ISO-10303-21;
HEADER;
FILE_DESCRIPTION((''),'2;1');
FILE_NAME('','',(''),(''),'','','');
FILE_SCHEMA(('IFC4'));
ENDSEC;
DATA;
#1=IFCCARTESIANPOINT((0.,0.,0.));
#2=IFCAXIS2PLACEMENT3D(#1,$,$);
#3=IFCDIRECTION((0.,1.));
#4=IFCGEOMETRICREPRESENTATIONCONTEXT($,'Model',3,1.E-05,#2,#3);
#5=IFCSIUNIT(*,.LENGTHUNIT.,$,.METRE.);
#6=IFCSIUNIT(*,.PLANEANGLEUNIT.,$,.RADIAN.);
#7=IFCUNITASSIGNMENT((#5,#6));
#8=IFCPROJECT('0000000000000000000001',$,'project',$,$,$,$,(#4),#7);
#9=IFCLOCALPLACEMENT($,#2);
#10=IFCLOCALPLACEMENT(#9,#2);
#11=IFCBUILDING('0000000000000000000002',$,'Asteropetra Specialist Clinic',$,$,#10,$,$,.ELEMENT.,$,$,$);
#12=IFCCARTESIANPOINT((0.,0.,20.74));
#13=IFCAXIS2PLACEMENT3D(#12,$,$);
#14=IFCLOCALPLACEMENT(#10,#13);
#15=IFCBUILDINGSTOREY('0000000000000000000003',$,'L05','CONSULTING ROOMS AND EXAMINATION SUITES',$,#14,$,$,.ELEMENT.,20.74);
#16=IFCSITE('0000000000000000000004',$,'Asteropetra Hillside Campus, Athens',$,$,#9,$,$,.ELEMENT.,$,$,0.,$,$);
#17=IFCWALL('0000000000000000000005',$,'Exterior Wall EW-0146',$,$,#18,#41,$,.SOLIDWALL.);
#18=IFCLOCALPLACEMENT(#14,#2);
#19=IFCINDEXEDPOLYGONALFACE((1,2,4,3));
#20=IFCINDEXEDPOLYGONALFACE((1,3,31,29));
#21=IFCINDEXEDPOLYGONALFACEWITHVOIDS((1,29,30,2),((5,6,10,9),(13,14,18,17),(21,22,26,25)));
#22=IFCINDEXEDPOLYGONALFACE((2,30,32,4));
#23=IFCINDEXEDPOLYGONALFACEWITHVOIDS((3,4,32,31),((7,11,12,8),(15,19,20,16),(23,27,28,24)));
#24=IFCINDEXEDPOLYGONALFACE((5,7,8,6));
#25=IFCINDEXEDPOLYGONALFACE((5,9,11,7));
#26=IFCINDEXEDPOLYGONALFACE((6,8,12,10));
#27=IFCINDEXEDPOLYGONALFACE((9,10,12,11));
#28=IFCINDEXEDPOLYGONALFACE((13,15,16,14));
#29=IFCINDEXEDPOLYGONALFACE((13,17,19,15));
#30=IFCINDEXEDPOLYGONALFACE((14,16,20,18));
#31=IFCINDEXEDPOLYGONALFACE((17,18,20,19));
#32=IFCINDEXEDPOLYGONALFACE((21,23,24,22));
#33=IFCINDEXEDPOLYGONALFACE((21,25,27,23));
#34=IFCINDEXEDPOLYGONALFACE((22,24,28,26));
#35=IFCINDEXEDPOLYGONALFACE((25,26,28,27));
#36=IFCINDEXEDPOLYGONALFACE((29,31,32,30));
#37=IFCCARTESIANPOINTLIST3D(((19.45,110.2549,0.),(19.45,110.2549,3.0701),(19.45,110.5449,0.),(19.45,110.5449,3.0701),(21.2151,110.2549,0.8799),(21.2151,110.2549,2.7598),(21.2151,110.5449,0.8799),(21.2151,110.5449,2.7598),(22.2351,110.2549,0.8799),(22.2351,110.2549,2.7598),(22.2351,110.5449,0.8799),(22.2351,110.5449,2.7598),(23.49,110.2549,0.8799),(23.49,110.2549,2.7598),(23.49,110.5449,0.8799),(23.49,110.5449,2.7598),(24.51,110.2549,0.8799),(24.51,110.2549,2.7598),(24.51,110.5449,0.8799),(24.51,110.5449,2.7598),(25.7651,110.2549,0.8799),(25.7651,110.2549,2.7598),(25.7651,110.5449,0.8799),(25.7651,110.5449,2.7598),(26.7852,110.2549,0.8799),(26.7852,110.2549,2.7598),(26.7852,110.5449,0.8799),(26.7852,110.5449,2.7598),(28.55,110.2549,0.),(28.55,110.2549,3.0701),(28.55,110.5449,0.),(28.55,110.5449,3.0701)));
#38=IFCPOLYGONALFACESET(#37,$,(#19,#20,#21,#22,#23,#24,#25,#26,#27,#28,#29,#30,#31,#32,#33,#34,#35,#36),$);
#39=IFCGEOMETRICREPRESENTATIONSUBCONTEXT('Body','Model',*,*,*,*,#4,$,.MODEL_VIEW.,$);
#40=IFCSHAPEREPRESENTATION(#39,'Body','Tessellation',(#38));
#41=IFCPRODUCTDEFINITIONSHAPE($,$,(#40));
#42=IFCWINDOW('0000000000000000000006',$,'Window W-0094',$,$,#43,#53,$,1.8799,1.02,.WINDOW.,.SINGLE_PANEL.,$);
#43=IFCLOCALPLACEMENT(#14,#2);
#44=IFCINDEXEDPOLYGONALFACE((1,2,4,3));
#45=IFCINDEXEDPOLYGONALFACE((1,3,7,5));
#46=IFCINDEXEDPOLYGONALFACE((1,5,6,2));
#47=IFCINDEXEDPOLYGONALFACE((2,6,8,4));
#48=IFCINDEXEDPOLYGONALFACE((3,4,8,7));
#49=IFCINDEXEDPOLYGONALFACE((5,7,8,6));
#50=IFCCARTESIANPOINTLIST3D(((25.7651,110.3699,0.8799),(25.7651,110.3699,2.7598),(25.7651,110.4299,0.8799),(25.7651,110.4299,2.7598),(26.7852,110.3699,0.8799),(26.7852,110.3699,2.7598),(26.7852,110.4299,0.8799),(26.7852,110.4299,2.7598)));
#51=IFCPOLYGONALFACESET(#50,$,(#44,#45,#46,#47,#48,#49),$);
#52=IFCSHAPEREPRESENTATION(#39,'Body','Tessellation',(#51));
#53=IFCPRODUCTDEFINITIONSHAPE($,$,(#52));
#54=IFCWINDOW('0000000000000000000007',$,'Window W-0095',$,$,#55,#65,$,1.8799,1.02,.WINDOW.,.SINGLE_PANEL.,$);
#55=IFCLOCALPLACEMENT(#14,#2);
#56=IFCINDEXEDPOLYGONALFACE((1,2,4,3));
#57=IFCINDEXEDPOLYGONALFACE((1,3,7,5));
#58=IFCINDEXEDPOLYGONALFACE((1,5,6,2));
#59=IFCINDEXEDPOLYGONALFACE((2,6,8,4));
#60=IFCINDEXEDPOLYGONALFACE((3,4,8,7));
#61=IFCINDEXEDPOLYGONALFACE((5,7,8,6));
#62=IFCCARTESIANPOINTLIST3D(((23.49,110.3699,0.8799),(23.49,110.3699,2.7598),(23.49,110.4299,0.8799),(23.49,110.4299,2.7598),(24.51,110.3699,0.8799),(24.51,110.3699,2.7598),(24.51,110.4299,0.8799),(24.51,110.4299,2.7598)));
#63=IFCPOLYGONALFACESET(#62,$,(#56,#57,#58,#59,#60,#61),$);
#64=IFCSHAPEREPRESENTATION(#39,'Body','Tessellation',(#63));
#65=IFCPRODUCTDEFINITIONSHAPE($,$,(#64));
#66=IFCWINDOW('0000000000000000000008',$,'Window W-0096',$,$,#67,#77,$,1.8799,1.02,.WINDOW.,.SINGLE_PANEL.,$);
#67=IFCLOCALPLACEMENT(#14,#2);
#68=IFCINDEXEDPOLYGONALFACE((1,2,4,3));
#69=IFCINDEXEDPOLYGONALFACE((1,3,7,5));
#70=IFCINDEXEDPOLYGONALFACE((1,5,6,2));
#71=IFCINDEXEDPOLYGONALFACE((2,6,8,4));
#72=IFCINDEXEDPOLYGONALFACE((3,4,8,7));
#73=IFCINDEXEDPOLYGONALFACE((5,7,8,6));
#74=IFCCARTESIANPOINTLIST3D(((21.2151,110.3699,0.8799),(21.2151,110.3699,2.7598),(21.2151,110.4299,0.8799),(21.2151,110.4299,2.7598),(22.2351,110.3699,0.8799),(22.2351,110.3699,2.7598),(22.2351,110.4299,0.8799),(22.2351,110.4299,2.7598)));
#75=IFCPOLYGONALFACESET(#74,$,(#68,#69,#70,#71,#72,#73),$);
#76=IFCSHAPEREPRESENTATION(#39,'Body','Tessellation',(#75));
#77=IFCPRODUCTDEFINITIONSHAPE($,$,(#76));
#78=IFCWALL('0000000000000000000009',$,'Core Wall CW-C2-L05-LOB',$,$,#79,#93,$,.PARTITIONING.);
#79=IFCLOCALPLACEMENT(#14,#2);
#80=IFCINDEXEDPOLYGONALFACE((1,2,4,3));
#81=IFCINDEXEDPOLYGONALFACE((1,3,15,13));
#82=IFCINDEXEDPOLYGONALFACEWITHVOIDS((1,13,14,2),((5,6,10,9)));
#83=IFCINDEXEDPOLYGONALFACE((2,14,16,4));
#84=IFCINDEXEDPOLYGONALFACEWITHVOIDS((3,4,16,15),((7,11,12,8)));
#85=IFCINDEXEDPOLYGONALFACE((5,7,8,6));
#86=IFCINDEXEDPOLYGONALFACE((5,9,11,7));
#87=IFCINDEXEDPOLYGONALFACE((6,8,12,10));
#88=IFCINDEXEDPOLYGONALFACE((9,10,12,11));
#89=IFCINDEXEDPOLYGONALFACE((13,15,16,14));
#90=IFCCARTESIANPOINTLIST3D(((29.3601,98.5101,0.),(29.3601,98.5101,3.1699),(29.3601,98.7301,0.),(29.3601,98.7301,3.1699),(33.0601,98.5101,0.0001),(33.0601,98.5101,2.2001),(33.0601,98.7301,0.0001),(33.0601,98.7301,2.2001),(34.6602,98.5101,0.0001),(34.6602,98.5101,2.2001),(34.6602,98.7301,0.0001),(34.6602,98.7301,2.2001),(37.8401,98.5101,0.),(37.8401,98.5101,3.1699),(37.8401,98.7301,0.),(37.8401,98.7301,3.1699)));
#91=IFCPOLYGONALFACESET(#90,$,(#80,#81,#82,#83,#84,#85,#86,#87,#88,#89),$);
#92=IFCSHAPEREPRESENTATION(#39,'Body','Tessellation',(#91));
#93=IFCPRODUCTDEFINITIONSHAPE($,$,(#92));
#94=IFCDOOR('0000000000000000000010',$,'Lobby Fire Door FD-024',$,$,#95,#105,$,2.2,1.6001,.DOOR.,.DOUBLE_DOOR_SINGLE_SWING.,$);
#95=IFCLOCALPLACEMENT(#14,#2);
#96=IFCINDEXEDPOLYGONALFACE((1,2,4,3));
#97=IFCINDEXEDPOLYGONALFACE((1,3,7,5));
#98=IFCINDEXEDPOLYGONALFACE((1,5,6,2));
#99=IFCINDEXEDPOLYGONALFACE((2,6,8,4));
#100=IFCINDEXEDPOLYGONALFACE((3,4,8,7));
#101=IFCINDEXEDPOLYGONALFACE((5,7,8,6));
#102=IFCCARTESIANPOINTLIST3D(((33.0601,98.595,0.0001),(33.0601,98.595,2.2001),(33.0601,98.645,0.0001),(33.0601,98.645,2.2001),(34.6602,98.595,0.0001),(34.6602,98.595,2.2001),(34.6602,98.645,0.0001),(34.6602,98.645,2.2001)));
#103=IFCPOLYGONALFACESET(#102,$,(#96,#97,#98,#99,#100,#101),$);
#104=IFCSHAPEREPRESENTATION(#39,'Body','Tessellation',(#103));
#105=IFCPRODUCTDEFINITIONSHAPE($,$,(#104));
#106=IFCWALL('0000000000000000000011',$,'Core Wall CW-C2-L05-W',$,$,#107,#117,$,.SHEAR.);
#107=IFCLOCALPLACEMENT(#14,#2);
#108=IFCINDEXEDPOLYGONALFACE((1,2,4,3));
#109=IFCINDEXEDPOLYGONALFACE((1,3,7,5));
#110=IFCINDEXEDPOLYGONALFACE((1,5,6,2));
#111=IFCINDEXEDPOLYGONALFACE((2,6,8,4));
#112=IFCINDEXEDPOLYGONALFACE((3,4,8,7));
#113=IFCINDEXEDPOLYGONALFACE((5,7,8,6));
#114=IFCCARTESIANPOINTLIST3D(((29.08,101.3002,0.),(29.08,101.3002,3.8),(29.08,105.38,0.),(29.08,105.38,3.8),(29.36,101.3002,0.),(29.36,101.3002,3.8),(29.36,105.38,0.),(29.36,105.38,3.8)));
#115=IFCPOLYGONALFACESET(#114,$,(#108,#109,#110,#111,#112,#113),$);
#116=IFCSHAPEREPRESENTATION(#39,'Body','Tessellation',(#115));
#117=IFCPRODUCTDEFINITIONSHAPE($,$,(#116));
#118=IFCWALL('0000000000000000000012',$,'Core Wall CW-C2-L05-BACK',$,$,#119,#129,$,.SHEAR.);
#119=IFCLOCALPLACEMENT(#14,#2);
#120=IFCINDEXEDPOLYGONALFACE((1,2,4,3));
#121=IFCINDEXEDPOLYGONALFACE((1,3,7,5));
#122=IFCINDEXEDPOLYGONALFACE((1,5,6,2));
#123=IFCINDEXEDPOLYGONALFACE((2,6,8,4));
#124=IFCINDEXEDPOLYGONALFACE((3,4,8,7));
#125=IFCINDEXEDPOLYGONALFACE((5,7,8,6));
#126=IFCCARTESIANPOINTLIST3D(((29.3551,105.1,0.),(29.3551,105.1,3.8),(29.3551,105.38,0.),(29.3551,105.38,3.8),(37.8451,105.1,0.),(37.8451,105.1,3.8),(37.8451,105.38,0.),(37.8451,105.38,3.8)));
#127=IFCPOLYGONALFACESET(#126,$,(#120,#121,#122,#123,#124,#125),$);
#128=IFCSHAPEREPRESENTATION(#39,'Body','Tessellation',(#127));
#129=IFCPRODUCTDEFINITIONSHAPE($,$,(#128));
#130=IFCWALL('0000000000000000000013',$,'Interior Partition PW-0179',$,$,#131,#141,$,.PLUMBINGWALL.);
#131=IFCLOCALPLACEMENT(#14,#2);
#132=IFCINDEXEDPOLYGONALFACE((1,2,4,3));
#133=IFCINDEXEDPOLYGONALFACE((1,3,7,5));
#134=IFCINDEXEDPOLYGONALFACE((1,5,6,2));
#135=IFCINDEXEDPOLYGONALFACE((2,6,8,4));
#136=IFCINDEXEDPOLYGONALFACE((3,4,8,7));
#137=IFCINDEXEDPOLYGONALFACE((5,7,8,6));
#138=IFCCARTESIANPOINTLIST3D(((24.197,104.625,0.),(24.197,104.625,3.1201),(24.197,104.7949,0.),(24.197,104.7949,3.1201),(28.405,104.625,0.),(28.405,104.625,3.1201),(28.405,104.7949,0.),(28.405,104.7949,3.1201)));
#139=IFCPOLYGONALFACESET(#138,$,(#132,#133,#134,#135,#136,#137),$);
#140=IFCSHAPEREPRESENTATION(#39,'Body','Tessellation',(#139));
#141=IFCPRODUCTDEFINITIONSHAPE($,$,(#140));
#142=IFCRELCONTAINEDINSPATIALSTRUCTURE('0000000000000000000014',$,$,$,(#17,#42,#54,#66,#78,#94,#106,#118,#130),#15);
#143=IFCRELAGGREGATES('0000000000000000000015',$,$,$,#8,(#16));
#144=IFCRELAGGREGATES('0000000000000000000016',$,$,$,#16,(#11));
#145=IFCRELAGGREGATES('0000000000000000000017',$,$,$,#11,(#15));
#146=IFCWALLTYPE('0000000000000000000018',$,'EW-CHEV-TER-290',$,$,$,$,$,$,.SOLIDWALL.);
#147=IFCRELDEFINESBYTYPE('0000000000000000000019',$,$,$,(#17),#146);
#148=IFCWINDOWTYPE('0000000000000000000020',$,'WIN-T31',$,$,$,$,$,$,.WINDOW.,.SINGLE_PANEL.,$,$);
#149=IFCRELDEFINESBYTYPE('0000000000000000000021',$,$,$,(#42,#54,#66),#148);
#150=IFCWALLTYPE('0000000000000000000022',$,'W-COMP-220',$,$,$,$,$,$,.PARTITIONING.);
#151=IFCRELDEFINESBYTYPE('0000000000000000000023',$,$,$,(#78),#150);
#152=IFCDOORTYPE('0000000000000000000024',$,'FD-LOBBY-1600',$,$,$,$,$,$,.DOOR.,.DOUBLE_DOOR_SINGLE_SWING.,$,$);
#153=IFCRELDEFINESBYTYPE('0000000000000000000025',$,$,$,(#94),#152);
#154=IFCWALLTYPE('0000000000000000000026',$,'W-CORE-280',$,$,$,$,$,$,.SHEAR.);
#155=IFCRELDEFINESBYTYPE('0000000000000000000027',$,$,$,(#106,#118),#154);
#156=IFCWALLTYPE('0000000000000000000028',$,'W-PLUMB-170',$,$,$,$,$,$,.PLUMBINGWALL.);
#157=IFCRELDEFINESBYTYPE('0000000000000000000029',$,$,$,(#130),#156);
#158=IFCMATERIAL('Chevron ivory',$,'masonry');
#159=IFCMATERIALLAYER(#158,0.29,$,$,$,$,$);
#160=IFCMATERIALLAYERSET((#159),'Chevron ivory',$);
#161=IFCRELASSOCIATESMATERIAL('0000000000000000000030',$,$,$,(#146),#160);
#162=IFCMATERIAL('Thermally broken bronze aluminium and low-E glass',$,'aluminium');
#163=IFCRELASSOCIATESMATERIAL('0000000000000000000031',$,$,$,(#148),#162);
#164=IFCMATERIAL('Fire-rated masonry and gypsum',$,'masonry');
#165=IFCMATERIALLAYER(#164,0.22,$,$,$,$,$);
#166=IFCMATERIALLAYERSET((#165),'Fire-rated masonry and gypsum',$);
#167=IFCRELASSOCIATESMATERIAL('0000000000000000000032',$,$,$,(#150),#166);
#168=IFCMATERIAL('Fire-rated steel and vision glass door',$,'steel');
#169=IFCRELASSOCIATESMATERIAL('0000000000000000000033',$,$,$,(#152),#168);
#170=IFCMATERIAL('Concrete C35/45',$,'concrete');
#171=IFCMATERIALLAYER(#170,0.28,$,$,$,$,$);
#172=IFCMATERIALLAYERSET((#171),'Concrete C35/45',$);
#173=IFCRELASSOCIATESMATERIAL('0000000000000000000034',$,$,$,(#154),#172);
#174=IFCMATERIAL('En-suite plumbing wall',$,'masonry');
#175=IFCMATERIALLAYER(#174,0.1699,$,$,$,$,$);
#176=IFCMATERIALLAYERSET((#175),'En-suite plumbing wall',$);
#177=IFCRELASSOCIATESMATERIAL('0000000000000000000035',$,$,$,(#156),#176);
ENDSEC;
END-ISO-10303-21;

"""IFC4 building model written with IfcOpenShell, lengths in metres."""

from ifc_helpers import new_model, si_unit, direction, frame, frame_2d, origin, place, context, subcontext, project, spatial, rectangle, extrude, material, layer, layer_set, type_object, element, fill, save


model = new_model("IFC4")

# Units and contexts
model_context = context("Model", 3, precision=1e-05, world=origin(), true_north=direction((0.0, 1.0)))
body_context = subcontext(model_context, "Body", "Model", "MODEL_VIEW")
ifc_project = project(units=[si_unit("LENGTHUNIT", "METRE"), si_unit("PLANEANGLEUNIT", "RADIAN")], contexts=[model_context])

# Site, building, storey
site_placement = place(None, origin())
site = spatial("IfcSite", under=ifc_project, at=site_placement, Name="Asteropetra Hillside Campus, Athens", CompositionType="ELEMENT", RefElevation=0.0)
building_placement = place(site_placement, origin())
building = spatial("IfcBuilding", under=site, at=building_placement, Name="Asteropetra Specialist Clinic", CompositionType="ELEMENT")
storey_placement = place(building_placement, frame((0.0, 0.0, 20.74)))
storey = spatial("IfcBuildingStorey", under=building, at=storey_placement, Name="L05", Description="CONSULTING ROOMS AND EXAMINATION SUITES", CompositionType="ELEMENT", Elevation=20.74)

# Wall, openings, windows
ifc_material_1 = material(Name="Chevron ivory", Category="masonry")
ifc_layer_1 = layer(ifc_material_1, 0.29)
ifc_layer_set_1 = layer_set([ifc_layer_1], Name="Chevron ivory")
wall_type_1 = type_object("IfcWallType", Name="EW-CHEV-TER-290", PredefinedType="SOLIDWALL", material=ifc_layer_set_1)
wall_1_placement = place(storey_placement, frame((28.55, 110.3999, 0.0), z_axis=(0.0, 0.0, 1.0), x_axis=(-1.0, 0.0, 0.0)))
wall_1 = element("IfcWall", 1, at=wall_1_placement, inside=storey, type_object=wall_type_1, Name="Exterior Wall EW-0146", PredefinedType="SOLIDWALL", context=body_context, shape_type="SweptSolid", body=[
    extrude(rectangle(XDim=9.1001, YDim=0.29, at=frame_2d((4.55, 0.0))), origin(), (0.0, 0.0, 1.0), 3.0701),
])
opening_1_placement = place(wall_1_placement, frame((1.7649, 0.0, 0.8799)))
opening_1 = element("IfcOpeningElement", 2, at=opening_1_placement, cuts=wall_1, PredefinedType="OPENING", context=body_context, shape_type="SweptSolid", body=[
    extrude(rectangle(XDim=1.02, YDim=1.8799, at=frame_2d((0.51, 0.9399))), frame((0.0, 0.155, 0.0), z_axis=(0.0, -1.0, 0.0), x_axis=(1.0, 0.0, 0.0)), (0.0, 0.0, 1.0), 0.3101),
])
opening_2_placement = place(wall_1_placement, frame((4.04, 0.0, 0.8799)))
opening_2 = element("IfcOpeningElement", 3, at=opening_2_placement, cuts=wall_1, PredefinedType="OPENING", context=body_context, shape_type="SweptSolid", body=[
    extrude(rectangle(XDim=1.02, YDim=1.8799, at=frame_2d((0.51, 0.9399))), frame((0.0, 0.155, 0.0), z_axis=(0.0, -1.0, 0.0), x_axis=(1.0, 0.0, 0.0)), (0.0, 0.0, 1.0), 0.3101),
])
opening_3_placement = place(wall_1_placement, frame((6.3149, 0.0, 0.8799)))
opening_3 = element("IfcOpeningElement", 4, at=opening_3_placement, cuts=wall_1, PredefinedType="OPENING", context=body_context, shape_type="SweptSolid", body=[
    extrude(rectangle(XDim=1.02, YDim=1.8799, at=frame_2d((0.51, 0.9399))), frame((0.0, 0.155, 0.0), z_axis=(0.0, -1.0, 0.0), x_axis=(1.0, 0.0, 0.0)), (0.0, 0.0, 1.0), 0.3101),
])
ifc_material_2 = material(Name="Thermally broken bronze aluminium and low-E glass", Category="aluminium")
window_type = type_object("IfcWindowType", Name="WIN-T31", PartitioningType="SINGLE_PANEL", PredefinedType="WINDOW", material=ifc_material_2)
window_1_placement = place(opening_1_placement, origin())
window_1 = element("IfcWindow", 5, at=window_1_placement, inside=storey, type_object=window_type, Name="Window W-0094", OverallHeight=1.8799, OverallWidth=1.02, PartitioningType="SINGLE_PANEL", PredefinedType="WINDOW", context=body_context, shape_type="SweptSolid", body=[
    extrude(rectangle(XDim=1.02, YDim=1.8799, at=frame_2d((0.51, 0.9399))), frame((0.0, 0.03, 0.0), z_axis=(0.0, -1.0, 0.0), x_axis=(1.0, 0.0, 0.0)), (0.0, 0.0, 1.0), 0.0601),
])
fill(opening_1, window_1)
window_2_placement = place(opening_2_placement, origin())
window_2 = element("IfcWindow", 6, at=window_2_placement, inside=storey, type_object=window_type, Name="Window W-0095", OverallHeight=1.8799, OverallWidth=1.02, PartitioningType="SINGLE_PANEL", PredefinedType="WINDOW", context=body_context, shape_type="SweptSolid", body=[
    extrude(rectangle(XDim=1.02, YDim=1.8799, at=frame_2d((0.51, 0.9399))), frame((0.0, 0.03, 0.0), z_axis=(0.0, -1.0, 0.0), x_axis=(1.0, 0.0, 0.0)), (0.0, 0.0, 1.0), 0.0601),
])
fill(opening_2, window_2)
window_3_placement = place(opening_3_placement, origin())
window_3 = element("IfcWindow", 7, at=window_3_placement, inside=storey, type_object=window_type, Name="Window W-0096", OverallHeight=1.8799, OverallWidth=1.02, PartitioningType="SINGLE_PANEL", PredefinedType="WINDOW", context=body_context, shape_type="SweptSolid", body=[
    extrude(rectangle(XDim=1.02, YDim=1.8799, at=frame_2d((0.51, 0.9399))), frame((0.0, 0.03, 0.0), z_axis=(0.0, -1.0, 0.0), x_axis=(1.0, 0.0, 0.0)), (0.0, 0.0, 1.0), 0.0601),
])
fill(opening_3, window_3)

# Wall, opening, door
ifc_material_3 = material(Name="Fire-rated masonry and gypsum", Category="masonry")
ifc_layer_2 = layer(ifc_material_3, 0.22)
ifc_layer_set_2 = layer_set([ifc_layer_2], Name="Fire-rated masonry and gypsum")
wall_type_2 = type_object("IfcWallType", Name="W-COMP-220", PredefinedType="PARTITIONING", material=ifc_layer_set_2)
wall_2_placement = place(storey_placement, frame((29.3601, 98.6201, 0.0), z_axis=(0.0, 0.0, 1.0), x_axis=(1.0, 0.0, 0.0)))
wall_2 = element("IfcWall", 8, at=wall_2_placement, inside=storey, type_object=wall_type_2, Name="Core Wall CW-C2-L05-LOB", PredefinedType="PARTITIONING", context=body_context, shape_type="SweptSolid", body=[
    extrude(rectangle(XDim=8.48, YDim=0.22, at=frame_2d((4.24, 0.0))), origin(), (0.0, 0.0, 1.0), 3.1699),
])
opening_4_placement = place(wall_2_placement, frame((3.7, 0.0, 0.0)))
opening_4 = element("IfcOpeningElement", 9, at=opening_4_placement, cuts=wall_2, PredefinedType="OPENING", context=body_context, shape_type="SweptSolid", body=[
    extrude(rectangle(XDim=1.6001, YDim=2.2, at=frame_2d((0.8, 1.1001))), frame((0.0, 0.1199, 0.0), z_axis=(0.0, -1.0, 0.0), x_axis=(1.0, 0.0, 0.0)), (0.0, 0.0, 1.0), 0.24),
])
ifc_material_4 = material(Name="Fire-rated steel and vision glass door", Category="steel")
door_type_1 = type_object("IfcDoorType", Name="FD-LOBBY-1600", OperationType="DOUBLE_DOOR_SINGLE_SWING", PredefinedType="DOOR", material=ifc_material_4)
door_1_placement = place(opening_4_placement, origin())
door_1 = element("IfcDoor", 10, at=door_1_placement, inside=storey, type_object=door_type_1, Name="Lobby Fire Door FD-024", OperationType="DOUBLE_DOOR_SINGLE_SWING", OverallHeight=2.2, OverallWidth=1.6001, PredefinedType="DOOR", context=body_context, shape_type="SweptSolid", body=[
    extrude(rectangle(XDim=1.6001, YDim=2.2, at=frame_2d((0.8, 1.1001))), frame((0.0, 0.0249, 0.0), z_axis=(0.0, -1.0, 0.0), x_axis=(1.0, 0.0, 0.0)), (0.0, 0.0, 1.0), 0.05),
])
fill(opening_4, door_1)

# Walls
ifc_material_5 = material(Name="Concrete C35/45", Category="concrete")
ifc_layer_3 = layer(ifc_material_5, 0.28)
ifc_layer_set_3 = layer_set([ifc_layer_3], Name="Concrete C35/45")
wall_type_3 = type_object("IfcWallType", Name="W-CORE-280", PredefinedType="SHEAR", material=ifc_layer_set_3)
wall_3_placement = place(storey_placement, frame((29.22, 101.3, 0.0), z_axis=(0.0, 0.0, 1.0), x_axis=(0.0, 1.0, 0.0)))
element("IfcWall", 11, at=wall_3_placement, inside=storey, type_object=wall_type_3, Name="Core Wall CW-C2-L05-W", PredefinedType="SHEAR", context=body_context, shape_type="SweptSolid", body=[
    extrude(rectangle(XDim=4.0798, YDim=0.28, at=frame_2d((2.04, 0.0))), origin(), (0.0, 0.0, 1.0), 3.8),
])
wall_4_placement = place(storey_placement, frame((29.355, 105.24, 0.0), z_axis=(0.0, 0.0, 1.0), x_axis=(1.0, 0.0, 0.0)))
element("IfcWall", 12, at=wall_4_placement, inside=storey, type_object=wall_type_3, Name="Core Wall CW-C2-L05-BACK", PredefinedType="SHEAR", context=body_context, shape_type="SweptSolid", body=[
    extrude(rectangle(XDim=8.49, YDim=0.28, at=frame_2d((4.2451, 0.0))), origin(), (0.0, 0.0, 1.0), 3.8),
])
ifc_material_6 = material(Name="En-suite plumbing wall", Category="masonry")
ifc_layer_4 = layer(ifc_material_6, 0.1699)
ifc_layer_set_4 = layer_set([ifc_layer_4], Name="En-suite plumbing wall")
wall_type_4 = type_object("IfcWallType", Name="W-PLUMB-170", PredefinedType="PLUMBINGWALL", material=ifc_layer_set_4)
wall_5_placement = place(storey_placement, frame((24.197, 104.71, 0.0), z_axis=(0.0, 0.0, 1.0), x_axis=(1.0, 0.0, 0.0)))
element("IfcWall", 13, at=wall_5_placement, inside=storey, type_object=wall_type_4, Name="Interior Partition PW-0179", PredefinedType="PLUMBINGWALL", context=body_context, shape_type="SweptSolid", body=[
    extrude(rectangle(XDim=4.208, YDim=0.1699, at=frame_2d((2.104, 0.0))), origin(), (0.0, 0.0, 1.0), 3.1201),
])

save(model, "model.ifc")
